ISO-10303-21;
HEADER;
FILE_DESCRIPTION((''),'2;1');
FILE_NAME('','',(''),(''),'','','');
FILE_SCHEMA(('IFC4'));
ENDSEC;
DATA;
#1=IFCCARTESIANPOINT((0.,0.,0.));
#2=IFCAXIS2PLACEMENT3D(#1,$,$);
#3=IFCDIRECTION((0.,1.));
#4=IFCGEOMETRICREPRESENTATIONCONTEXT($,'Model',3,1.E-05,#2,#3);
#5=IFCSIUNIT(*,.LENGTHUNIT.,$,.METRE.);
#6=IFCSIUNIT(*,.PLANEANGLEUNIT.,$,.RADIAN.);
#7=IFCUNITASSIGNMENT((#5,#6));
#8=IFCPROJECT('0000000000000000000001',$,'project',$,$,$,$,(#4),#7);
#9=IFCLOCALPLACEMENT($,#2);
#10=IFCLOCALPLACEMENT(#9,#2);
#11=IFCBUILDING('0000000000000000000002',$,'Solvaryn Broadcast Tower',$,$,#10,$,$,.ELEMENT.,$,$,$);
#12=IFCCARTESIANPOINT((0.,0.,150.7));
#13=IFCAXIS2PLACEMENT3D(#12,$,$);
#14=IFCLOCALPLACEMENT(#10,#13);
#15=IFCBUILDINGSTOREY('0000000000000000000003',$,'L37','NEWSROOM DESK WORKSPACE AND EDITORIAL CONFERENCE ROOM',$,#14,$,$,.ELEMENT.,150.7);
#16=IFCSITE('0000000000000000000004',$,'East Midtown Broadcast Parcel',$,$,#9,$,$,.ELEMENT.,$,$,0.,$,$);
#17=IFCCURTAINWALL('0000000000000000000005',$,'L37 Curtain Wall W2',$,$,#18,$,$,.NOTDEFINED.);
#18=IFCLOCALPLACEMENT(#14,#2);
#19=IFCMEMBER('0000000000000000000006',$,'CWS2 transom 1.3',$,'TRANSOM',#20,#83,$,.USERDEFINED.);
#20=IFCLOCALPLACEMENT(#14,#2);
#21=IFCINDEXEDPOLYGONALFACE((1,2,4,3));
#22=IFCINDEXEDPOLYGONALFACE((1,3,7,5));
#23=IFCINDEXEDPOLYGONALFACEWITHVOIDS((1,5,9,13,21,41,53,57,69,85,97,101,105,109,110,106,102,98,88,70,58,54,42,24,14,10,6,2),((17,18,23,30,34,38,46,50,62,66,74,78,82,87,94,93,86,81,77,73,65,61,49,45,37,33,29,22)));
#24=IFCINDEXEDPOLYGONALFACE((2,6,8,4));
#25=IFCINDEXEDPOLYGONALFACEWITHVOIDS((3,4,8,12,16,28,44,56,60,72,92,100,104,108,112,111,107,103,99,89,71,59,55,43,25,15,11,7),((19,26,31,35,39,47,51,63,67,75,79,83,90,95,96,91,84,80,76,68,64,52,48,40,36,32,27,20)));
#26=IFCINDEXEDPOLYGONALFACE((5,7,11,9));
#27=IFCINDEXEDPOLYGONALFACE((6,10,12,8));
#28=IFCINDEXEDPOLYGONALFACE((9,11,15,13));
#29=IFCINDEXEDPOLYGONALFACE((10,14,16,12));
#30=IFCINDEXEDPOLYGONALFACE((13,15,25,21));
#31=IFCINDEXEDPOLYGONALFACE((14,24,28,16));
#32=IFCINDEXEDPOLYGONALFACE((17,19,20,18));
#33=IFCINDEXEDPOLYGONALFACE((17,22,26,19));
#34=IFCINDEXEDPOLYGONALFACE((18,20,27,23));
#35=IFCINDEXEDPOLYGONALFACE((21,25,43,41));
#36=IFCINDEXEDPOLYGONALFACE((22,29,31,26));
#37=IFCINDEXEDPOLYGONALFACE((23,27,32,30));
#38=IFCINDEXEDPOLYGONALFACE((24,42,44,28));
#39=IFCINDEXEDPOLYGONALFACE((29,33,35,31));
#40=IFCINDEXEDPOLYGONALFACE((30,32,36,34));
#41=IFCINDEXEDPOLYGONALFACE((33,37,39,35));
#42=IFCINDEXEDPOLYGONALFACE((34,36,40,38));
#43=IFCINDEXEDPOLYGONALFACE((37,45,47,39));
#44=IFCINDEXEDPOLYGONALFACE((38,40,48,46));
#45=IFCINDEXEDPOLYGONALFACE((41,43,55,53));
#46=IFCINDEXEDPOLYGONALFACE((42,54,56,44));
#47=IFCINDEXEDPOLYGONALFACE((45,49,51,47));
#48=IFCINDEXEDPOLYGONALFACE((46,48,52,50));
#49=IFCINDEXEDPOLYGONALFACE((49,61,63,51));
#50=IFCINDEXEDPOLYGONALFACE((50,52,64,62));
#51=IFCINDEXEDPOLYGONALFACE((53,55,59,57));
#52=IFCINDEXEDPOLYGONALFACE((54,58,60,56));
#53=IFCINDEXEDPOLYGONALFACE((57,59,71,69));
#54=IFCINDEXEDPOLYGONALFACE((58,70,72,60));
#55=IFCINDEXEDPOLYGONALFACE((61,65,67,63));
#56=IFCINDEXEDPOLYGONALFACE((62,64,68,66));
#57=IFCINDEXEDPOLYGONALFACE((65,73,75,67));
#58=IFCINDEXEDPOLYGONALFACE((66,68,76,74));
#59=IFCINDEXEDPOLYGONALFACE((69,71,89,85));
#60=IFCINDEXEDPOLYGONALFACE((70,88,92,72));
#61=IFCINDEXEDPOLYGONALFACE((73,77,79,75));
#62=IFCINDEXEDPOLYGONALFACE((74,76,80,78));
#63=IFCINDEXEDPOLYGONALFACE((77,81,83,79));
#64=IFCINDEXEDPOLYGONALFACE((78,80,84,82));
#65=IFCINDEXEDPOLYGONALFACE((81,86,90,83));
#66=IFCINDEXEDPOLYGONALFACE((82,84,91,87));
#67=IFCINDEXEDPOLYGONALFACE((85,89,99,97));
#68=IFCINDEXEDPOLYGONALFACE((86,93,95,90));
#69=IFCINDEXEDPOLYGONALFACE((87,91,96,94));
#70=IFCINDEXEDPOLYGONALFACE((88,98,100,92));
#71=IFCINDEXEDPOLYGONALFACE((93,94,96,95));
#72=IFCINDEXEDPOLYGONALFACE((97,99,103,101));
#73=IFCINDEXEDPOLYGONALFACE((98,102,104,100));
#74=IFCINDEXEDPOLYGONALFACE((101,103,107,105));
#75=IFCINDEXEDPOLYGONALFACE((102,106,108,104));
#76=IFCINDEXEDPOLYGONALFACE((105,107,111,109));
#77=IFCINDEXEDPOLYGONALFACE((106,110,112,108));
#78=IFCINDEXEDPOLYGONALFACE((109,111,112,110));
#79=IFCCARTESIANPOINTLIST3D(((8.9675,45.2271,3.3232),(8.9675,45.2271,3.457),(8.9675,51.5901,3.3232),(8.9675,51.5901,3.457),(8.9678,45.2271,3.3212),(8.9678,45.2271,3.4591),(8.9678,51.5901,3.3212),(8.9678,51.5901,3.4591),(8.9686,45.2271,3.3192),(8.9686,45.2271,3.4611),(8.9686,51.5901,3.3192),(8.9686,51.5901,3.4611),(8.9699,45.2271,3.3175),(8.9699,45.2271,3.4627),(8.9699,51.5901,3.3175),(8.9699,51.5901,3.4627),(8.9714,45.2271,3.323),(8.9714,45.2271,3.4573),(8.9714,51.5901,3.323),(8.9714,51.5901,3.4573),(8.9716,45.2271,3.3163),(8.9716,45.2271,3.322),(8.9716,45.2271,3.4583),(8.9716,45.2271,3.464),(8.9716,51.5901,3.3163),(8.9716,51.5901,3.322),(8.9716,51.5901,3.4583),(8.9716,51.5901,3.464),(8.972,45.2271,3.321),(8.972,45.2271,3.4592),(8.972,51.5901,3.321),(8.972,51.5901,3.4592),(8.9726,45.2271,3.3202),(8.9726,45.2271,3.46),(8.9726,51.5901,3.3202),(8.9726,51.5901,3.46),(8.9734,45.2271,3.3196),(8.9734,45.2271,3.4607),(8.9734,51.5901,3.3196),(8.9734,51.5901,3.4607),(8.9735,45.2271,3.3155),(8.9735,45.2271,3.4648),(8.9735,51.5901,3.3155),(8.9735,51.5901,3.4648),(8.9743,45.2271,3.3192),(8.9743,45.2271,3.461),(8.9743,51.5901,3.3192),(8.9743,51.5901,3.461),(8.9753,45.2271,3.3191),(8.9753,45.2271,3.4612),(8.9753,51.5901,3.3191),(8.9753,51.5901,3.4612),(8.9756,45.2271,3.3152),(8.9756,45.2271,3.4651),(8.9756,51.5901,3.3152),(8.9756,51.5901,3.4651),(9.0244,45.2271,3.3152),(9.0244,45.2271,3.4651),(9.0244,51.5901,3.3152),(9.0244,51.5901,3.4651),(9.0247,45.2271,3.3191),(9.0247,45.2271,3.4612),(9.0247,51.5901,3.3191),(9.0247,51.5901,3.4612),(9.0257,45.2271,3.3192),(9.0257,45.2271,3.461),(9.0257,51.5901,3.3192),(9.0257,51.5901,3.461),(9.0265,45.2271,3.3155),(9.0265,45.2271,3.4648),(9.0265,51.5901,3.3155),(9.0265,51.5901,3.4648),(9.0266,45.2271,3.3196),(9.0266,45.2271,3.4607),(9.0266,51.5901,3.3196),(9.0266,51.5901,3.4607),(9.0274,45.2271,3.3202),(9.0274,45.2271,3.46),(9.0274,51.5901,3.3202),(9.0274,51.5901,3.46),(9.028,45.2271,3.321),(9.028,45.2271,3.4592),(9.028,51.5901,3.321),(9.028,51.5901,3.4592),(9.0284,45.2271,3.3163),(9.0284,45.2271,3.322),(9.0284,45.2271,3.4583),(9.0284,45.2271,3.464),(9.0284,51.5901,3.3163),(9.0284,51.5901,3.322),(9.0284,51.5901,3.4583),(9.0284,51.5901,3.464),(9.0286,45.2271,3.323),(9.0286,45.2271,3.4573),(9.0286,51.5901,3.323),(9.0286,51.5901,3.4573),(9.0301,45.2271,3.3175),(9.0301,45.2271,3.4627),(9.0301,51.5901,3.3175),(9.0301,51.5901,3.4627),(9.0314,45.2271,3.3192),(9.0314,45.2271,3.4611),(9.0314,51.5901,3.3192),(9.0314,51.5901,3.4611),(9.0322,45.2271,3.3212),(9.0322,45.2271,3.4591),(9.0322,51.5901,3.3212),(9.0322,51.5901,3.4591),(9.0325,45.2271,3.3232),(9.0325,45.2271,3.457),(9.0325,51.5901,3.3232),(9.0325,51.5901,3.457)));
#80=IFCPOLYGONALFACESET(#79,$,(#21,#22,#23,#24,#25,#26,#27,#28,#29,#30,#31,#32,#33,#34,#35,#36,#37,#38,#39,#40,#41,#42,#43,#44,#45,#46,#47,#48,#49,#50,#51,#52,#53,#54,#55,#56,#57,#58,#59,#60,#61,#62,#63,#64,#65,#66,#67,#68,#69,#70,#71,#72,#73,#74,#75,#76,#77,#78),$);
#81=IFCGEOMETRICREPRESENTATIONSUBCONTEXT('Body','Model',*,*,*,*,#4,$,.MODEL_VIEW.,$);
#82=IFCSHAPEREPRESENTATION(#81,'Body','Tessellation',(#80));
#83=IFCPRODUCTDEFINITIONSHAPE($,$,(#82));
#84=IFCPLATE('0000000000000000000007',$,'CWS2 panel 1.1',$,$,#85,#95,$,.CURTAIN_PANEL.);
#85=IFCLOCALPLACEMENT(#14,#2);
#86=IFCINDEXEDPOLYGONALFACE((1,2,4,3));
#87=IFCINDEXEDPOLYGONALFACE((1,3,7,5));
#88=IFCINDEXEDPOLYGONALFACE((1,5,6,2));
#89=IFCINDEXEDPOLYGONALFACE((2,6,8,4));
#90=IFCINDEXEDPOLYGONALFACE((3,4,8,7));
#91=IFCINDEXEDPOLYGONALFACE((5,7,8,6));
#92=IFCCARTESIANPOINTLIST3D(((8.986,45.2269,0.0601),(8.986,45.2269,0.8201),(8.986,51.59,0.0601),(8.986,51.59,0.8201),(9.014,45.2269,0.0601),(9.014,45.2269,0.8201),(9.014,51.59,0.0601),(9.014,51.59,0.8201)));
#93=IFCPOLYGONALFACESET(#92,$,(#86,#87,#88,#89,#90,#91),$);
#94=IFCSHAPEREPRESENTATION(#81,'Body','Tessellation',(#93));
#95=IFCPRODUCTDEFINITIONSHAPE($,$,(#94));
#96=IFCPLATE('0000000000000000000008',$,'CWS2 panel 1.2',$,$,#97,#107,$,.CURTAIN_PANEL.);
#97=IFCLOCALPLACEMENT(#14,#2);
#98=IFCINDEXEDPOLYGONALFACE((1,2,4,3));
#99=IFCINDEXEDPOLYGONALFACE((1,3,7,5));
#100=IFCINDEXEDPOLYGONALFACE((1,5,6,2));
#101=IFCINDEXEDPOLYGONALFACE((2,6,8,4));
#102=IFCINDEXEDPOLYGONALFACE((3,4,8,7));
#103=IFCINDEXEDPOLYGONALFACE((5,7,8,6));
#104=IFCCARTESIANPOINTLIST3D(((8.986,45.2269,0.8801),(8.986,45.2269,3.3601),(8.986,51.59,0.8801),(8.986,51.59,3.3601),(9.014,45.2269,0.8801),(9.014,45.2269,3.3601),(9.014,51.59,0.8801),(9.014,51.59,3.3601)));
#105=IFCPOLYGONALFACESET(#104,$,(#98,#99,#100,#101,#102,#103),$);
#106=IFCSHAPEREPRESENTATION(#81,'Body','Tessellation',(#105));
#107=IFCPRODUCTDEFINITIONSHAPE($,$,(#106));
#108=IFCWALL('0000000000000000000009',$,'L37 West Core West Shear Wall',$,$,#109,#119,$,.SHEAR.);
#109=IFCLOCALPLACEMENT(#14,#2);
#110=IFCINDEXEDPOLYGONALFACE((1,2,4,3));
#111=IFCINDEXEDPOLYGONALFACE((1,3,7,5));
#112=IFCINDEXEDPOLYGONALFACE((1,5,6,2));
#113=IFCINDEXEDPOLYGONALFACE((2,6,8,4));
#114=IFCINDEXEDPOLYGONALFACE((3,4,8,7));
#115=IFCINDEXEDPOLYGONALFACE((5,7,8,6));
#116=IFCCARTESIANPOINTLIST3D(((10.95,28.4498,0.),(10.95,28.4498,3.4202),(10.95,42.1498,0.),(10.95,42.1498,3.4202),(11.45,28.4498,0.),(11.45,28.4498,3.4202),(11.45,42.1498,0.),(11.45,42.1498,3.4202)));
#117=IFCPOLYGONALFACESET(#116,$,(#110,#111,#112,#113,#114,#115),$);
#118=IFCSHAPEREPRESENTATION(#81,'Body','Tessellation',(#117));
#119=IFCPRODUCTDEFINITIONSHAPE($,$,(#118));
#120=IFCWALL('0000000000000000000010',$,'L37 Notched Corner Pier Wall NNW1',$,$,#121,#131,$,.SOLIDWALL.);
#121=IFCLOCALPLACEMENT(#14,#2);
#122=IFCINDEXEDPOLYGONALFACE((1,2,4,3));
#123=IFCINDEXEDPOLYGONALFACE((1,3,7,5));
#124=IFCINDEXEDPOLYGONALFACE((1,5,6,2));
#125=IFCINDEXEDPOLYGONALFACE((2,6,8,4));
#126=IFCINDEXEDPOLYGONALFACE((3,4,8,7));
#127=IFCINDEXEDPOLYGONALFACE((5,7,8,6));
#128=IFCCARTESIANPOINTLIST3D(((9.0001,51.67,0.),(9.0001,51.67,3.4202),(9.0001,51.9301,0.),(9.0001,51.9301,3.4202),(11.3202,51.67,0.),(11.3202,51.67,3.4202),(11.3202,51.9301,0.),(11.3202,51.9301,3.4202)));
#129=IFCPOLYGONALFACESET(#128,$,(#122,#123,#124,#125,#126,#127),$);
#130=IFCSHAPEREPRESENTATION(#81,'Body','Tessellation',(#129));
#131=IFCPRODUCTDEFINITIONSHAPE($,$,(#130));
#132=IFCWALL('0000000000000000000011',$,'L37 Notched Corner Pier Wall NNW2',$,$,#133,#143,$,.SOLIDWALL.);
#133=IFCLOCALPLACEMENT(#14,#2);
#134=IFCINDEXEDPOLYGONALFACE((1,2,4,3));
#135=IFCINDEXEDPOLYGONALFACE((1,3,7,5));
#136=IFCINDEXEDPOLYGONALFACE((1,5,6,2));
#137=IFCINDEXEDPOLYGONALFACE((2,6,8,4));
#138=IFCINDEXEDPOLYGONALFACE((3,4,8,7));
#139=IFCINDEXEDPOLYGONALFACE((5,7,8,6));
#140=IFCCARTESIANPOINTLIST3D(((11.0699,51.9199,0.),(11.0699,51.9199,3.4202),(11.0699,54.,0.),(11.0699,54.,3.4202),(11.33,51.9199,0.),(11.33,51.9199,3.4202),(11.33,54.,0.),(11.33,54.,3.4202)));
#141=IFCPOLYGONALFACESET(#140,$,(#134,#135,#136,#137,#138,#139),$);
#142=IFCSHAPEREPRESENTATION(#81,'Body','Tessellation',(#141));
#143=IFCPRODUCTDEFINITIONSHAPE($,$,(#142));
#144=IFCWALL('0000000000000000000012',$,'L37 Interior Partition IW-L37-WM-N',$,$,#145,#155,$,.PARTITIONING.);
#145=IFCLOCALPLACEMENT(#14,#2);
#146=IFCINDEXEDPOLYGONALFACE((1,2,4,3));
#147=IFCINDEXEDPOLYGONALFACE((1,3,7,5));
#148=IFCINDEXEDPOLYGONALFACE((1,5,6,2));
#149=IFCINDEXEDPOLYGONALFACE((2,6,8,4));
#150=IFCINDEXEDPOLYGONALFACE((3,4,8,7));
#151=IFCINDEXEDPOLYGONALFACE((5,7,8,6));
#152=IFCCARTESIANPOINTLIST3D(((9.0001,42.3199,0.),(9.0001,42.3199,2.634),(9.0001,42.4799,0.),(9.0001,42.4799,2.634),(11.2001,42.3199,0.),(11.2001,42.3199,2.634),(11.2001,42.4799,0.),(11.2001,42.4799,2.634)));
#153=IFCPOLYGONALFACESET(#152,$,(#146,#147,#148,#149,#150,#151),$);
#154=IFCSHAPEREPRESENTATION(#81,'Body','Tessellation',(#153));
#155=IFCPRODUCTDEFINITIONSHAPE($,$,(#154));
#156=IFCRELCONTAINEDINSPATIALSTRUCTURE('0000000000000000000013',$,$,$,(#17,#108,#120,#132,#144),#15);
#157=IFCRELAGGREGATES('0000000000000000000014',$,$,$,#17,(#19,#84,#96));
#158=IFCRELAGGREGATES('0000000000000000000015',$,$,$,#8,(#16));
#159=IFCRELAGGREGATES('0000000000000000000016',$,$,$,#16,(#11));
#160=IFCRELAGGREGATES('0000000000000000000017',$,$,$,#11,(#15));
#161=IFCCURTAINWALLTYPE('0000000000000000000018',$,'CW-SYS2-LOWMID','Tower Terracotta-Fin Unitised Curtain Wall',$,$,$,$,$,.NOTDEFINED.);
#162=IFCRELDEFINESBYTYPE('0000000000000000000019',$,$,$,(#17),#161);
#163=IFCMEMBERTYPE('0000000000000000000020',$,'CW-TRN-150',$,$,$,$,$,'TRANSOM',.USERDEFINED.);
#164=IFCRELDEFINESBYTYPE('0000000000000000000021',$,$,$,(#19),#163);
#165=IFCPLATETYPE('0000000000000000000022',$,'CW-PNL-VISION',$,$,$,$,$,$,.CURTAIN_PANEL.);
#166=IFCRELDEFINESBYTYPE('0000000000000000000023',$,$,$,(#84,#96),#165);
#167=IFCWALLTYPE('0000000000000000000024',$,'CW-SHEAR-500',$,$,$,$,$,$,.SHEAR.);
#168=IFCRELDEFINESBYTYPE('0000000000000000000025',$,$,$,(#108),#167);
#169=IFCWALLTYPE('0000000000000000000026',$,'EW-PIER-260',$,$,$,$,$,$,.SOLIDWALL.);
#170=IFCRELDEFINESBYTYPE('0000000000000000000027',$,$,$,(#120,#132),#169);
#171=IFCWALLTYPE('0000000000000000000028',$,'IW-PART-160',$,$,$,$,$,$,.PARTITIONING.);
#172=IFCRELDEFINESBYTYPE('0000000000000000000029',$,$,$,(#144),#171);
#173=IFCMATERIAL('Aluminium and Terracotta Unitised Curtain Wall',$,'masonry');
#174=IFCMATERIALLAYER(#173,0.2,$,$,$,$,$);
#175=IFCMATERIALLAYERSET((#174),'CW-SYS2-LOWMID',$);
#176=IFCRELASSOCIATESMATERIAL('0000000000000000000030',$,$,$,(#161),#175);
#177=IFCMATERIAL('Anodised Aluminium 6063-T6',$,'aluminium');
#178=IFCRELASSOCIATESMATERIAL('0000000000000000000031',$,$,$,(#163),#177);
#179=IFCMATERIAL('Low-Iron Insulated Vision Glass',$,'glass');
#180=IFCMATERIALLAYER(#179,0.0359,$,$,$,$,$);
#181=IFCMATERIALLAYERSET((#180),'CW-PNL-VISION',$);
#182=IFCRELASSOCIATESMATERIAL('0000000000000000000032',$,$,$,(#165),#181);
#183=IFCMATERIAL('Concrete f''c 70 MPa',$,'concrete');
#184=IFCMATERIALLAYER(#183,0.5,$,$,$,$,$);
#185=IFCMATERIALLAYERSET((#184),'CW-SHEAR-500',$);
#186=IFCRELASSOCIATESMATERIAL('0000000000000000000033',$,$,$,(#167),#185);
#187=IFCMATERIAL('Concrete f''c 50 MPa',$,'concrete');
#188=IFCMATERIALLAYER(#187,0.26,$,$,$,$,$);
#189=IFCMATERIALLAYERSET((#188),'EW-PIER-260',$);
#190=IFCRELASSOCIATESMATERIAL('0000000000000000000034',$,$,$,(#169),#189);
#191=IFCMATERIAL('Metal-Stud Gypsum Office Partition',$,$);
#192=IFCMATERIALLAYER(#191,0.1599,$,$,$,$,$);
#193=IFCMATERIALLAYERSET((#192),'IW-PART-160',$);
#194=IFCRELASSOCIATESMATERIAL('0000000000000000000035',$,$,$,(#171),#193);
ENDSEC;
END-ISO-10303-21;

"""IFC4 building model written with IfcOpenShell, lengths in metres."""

from ifc_helpers import new_model, si_unit, direction, frame, frame_2d, origin, origin_2d, place, context, subcontext, project, spatial, rectangle, hollow_rectangle, extrude, material, layer, layer_set, material_profile, profile_set, type_object, element, aggregate, save


model = new_model("IFC4")

# Units and contexts
model_context = context("Model", 3, precision=1e-05, world=origin(), true_north=direction((0.0, 1.0)))
body_context = subcontext(model_context, "Body", "Model", "MODEL_VIEW")
ifc_project = project(units=[si_unit("LENGTHUNIT", "METRE"), si_unit("PLANEANGLEUNIT", "RADIAN")], contexts=[model_context])

# Site, building, storey
site_placement = place(None, origin())
site = spatial("IfcSite", under=ifc_project, at=site_placement, Name="East Midtown Broadcast Parcel", CompositionType="ELEMENT", RefElevation=0.0)
building_placement = place(site_placement, origin())
building = spatial("IfcBuilding", under=site, at=building_placement, Name="Solvaryn Broadcast Tower", CompositionType="ELEMENT")
storey_placement = place(building_placement, frame((0.0, 0.0, 150.7)))
storey = spatial("IfcBuildingStorey", under=building, at=storey_placement, Name="L37", Description="NEWSROOM DESK WORKSPACE AND EDITORIAL CONFERENCE ROOM", CompositionType="ELEMENT", Elevation=150.7)

# Shared definitions
ifc_material_1 = material(Name="Aluminium and Terracotta Unitised Curtain Wall", Category="masonry")
ifc_layer_1 = layer(ifc_material_1, 0.2)
ifc_layer_set_1 = layer_set([ifc_layer_1], Name="CW-SYS2-LOWMID")
curtain_wall_type = type_object("IfcCurtainWallType", Name="CW-SYS2-LOWMID", Description="Tower Terracotta-Fin Unitised Curtain Wall", PredefinedType="NOTDEFINED", material=ifc_layer_set_1)

# Curtain wall
curtain_wall_1_placement = place(storey_placement, origin())
curtain_wall_1 = element("IfcCurtainWall", 1, at=curtain_wall_1_placement, inside=storey, type_object=curtain_wall_type, Name="L37 Curtain Wall W2", PredefinedType="NOTDEFINED")

# Member
ifc_material_2 = material(Name="Anodised Aluminium 6063-T6", Category="aluminium")
ifc_material_profile_1 = material_profile(ifc_material_2, hollow_rectangle(XDim=0.0649, YDim=0.1499, WallThickness=0.0039, InnerFilletRadius=0.0039, OuterFilletRadius=0.0081, at=origin_2d()))
ifc_profile_set_1 = profile_set([ifc_material_profile_1], Name="Anodised Aluminium 6063-T6")
member_type_1 = type_object("IfcMemberType", Name="CW-TRN-150", ElementType="TRANSOM", PredefinedType="USERDEFINED", material=ifc_profile_set_1)
member_1_placement = place(storey_placement, frame((9.0, 45.2271, 3.3901), z_axis=(0.0, 1.0, 0.0), x_axis=(-1.0, 0.0, 0.0)))
member_1 = element("IfcMember", 2, at=member_1_placement, type_object=member_type_1, Name="CWS2 transom 1.3", ObjectType="TRANSOM", PredefinedType="USERDEFINED", context=body_context, shape_type="SweptSolid", body=[
    extrude(hollow_rectangle(XDim=0.0649, YDim=0.1499, WallThickness=0.0039, InnerFilletRadius=0.0039, OuterFilletRadius=0.0081, at=origin_2d()), origin(), (0.0, 0.0, 1.0), 6.363),
])

# Plates
ifc_material_3 = material(Name="Low-Iron Insulated Vision Glass", Category="glass")
ifc_layer_2 = layer(ifc_material_3, 0.0359)
ifc_layer_set_2 = layer_set([ifc_layer_2], Name="CW-PNL-VISION")
plate_type = type_object("IfcPlateType", Name="CW-PNL-VISION", PredefinedType="CURTAIN_PANEL", material=ifc_layer_set_2)
plate_1_placement = place(storey_placement, frame((9.0, 48.4084, 0.0601), z_axis=(0.0, 0.0, 1.0), x_axis=(0.0, 1.0, 0.0)))
plate_1 = element("IfcPlate", 3, at=plate_1_placement, type_object=plate_type, Name="CWS2 panel 1.1", PredefinedType="CURTAIN_PANEL", context=body_context, shape_type="SweptSolid", body=[
    extrude(rectangle(XDim=6.363, YDim=0.0281, at=origin_2d()), origin(), (0.0, 0.0, 1.0), 0.76),
])
plate_2_placement = place(storey_placement, frame((9.0, 48.4084, 0.8801), z_axis=(0.0, 0.0, 1.0), x_axis=(0.0, 1.0, 0.0)))
plate_2 = element("IfcPlate", 4, at=plate_2_placement, type_object=plate_type, Name="CWS2 panel 1.2", PredefinedType="CURTAIN_PANEL", context=body_context, shape_type="SweptSolid", body=[
    extrude(rectangle(XDim=6.363, YDim=0.0281, at=origin_2d()), origin(), (0.0, 0.0, 1.0), 2.48),
])
aggregate(curtain_wall_1, [member_1, plate_1, plate_2])

# Walls
ifc_material_4 = material(Name="Concrete f'c 70 MPa", Category="concrete")
ifc_layer_3 = layer(ifc_material_4, 0.5)
ifc_layer_set_3 = layer_set([ifc_layer_3], Name="CW-SHEAR-500")
wall_type_1 = type_object("IfcWallType", Name="CW-SHEAR-500", PredefinedType="SHEAR", material=ifc_layer_set_3)
wall_1_placement = place(storey_placement, frame((11.2, 42.1499, 0.0), z_axis=(0.0, 0.0, 1.0), x_axis=(0.0, -1.0, 0.0)))
element("IfcWall", 5, at=wall_1_placement, inside=storey, type_object=wall_type_1, Name="L37 West Core West Shear Wall", PredefinedType="SHEAR", context=body_context, shape_type="SweptSolid", body=[
    extrude(rectangle(XDim=13.7, YDim=0.5, at=frame_2d((6.8501, 0.0))), origin(), (0.0, 0.0, 1.0), 3.4202),
])
ifc_material_5 = material(Name="Concrete f'c 50 MPa", Category="concrete")
ifc_layer_4 = layer(ifc_material_5, 0.26)
ifc_layer_set_4 = layer_set([ifc_layer_4], Name="EW-PIER-260")
wall_type_2 = type_object("IfcWallType", Name="EW-PIER-260", PredefinedType="SOLIDWALL", material=ifc_layer_set_4)
wall_2_placement = place(storey_placement, frame((9.0, 51.8, 0.0), z_axis=(0.0, 0.0, 1.0), x_axis=(1.0, 0.0, 0.0)))
element("IfcWall", 6, at=wall_2_placement, inside=storey, type_object=wall_type_2, Name="L37 Notched Corner Pier Wall NNW1", PredefinedType="SOLIDWALL", context=body_context, shape_type="SweptSolid", body=[
    extrude(rectangle(XDim=2.3201, YDim=0.26, at=frame_2d((1.1602, 0.0))), origin(), (0.0, 0.0, 1.0), 3.4202),
])
wall_3_placement = place(storey_placement, frame((11.2, 51.9199, 0.0), z_axis=(0.0, 0.0, 1.0), x_axis=(0.0, 1.0, 0.0)))
element("IfcWall", 7, at=wall_3_placement, inside=storey, type_object=wall_type_2, Name="L37 Notched Corner Pier Wall NNW2", PredefinedType="SOLIDWALL", context=body_context, shape_type="SweptSolid", body=[
    extrude(rectangle(XDim=2.0801, YDim=0.26, at=frame_2d((1.04, 0.0))), origin(), (0.0, 0.0, 1.0), 3.4202),
])
ifc_material_6 = material(Name="Metal-Stud Gypsum Office Partition")
ifc_layer_5 = layer(ifc_material_6, 0.1599)
ifc_layer_set_5 = layer_set([ifc_layer_5], Name="IW-PART-160")
wall_type_3 = type_object("IfcWallType", Name="IW-PART-160", PredefinedType="PARTITIONING", material=ifc_layer_set_5)
wall_4_placement = place(storey_placement, frame((9.0, 42.3999, 0.0), z_axis=(0.0, 0.0, 1.0), x_axis=(1.0, 0.0, 0.0)))
element("IfcWall", 8, at=wall_4_placement, inside=storey, type_object=wall_type_3, Name="L37 Interior Partition IW-L37-WM-N", PredefinedType="PARTITIONING", context=body_context, shape_type="SweptSolid", body=[
    extrude(rectangle(XDim=2.2, YDim=0.1599, at=frame_2d((1.1001, 0.0))), origin(), (0.0, 0.0, 1.0), 2.634),
])

save(model, "model.ifc")
